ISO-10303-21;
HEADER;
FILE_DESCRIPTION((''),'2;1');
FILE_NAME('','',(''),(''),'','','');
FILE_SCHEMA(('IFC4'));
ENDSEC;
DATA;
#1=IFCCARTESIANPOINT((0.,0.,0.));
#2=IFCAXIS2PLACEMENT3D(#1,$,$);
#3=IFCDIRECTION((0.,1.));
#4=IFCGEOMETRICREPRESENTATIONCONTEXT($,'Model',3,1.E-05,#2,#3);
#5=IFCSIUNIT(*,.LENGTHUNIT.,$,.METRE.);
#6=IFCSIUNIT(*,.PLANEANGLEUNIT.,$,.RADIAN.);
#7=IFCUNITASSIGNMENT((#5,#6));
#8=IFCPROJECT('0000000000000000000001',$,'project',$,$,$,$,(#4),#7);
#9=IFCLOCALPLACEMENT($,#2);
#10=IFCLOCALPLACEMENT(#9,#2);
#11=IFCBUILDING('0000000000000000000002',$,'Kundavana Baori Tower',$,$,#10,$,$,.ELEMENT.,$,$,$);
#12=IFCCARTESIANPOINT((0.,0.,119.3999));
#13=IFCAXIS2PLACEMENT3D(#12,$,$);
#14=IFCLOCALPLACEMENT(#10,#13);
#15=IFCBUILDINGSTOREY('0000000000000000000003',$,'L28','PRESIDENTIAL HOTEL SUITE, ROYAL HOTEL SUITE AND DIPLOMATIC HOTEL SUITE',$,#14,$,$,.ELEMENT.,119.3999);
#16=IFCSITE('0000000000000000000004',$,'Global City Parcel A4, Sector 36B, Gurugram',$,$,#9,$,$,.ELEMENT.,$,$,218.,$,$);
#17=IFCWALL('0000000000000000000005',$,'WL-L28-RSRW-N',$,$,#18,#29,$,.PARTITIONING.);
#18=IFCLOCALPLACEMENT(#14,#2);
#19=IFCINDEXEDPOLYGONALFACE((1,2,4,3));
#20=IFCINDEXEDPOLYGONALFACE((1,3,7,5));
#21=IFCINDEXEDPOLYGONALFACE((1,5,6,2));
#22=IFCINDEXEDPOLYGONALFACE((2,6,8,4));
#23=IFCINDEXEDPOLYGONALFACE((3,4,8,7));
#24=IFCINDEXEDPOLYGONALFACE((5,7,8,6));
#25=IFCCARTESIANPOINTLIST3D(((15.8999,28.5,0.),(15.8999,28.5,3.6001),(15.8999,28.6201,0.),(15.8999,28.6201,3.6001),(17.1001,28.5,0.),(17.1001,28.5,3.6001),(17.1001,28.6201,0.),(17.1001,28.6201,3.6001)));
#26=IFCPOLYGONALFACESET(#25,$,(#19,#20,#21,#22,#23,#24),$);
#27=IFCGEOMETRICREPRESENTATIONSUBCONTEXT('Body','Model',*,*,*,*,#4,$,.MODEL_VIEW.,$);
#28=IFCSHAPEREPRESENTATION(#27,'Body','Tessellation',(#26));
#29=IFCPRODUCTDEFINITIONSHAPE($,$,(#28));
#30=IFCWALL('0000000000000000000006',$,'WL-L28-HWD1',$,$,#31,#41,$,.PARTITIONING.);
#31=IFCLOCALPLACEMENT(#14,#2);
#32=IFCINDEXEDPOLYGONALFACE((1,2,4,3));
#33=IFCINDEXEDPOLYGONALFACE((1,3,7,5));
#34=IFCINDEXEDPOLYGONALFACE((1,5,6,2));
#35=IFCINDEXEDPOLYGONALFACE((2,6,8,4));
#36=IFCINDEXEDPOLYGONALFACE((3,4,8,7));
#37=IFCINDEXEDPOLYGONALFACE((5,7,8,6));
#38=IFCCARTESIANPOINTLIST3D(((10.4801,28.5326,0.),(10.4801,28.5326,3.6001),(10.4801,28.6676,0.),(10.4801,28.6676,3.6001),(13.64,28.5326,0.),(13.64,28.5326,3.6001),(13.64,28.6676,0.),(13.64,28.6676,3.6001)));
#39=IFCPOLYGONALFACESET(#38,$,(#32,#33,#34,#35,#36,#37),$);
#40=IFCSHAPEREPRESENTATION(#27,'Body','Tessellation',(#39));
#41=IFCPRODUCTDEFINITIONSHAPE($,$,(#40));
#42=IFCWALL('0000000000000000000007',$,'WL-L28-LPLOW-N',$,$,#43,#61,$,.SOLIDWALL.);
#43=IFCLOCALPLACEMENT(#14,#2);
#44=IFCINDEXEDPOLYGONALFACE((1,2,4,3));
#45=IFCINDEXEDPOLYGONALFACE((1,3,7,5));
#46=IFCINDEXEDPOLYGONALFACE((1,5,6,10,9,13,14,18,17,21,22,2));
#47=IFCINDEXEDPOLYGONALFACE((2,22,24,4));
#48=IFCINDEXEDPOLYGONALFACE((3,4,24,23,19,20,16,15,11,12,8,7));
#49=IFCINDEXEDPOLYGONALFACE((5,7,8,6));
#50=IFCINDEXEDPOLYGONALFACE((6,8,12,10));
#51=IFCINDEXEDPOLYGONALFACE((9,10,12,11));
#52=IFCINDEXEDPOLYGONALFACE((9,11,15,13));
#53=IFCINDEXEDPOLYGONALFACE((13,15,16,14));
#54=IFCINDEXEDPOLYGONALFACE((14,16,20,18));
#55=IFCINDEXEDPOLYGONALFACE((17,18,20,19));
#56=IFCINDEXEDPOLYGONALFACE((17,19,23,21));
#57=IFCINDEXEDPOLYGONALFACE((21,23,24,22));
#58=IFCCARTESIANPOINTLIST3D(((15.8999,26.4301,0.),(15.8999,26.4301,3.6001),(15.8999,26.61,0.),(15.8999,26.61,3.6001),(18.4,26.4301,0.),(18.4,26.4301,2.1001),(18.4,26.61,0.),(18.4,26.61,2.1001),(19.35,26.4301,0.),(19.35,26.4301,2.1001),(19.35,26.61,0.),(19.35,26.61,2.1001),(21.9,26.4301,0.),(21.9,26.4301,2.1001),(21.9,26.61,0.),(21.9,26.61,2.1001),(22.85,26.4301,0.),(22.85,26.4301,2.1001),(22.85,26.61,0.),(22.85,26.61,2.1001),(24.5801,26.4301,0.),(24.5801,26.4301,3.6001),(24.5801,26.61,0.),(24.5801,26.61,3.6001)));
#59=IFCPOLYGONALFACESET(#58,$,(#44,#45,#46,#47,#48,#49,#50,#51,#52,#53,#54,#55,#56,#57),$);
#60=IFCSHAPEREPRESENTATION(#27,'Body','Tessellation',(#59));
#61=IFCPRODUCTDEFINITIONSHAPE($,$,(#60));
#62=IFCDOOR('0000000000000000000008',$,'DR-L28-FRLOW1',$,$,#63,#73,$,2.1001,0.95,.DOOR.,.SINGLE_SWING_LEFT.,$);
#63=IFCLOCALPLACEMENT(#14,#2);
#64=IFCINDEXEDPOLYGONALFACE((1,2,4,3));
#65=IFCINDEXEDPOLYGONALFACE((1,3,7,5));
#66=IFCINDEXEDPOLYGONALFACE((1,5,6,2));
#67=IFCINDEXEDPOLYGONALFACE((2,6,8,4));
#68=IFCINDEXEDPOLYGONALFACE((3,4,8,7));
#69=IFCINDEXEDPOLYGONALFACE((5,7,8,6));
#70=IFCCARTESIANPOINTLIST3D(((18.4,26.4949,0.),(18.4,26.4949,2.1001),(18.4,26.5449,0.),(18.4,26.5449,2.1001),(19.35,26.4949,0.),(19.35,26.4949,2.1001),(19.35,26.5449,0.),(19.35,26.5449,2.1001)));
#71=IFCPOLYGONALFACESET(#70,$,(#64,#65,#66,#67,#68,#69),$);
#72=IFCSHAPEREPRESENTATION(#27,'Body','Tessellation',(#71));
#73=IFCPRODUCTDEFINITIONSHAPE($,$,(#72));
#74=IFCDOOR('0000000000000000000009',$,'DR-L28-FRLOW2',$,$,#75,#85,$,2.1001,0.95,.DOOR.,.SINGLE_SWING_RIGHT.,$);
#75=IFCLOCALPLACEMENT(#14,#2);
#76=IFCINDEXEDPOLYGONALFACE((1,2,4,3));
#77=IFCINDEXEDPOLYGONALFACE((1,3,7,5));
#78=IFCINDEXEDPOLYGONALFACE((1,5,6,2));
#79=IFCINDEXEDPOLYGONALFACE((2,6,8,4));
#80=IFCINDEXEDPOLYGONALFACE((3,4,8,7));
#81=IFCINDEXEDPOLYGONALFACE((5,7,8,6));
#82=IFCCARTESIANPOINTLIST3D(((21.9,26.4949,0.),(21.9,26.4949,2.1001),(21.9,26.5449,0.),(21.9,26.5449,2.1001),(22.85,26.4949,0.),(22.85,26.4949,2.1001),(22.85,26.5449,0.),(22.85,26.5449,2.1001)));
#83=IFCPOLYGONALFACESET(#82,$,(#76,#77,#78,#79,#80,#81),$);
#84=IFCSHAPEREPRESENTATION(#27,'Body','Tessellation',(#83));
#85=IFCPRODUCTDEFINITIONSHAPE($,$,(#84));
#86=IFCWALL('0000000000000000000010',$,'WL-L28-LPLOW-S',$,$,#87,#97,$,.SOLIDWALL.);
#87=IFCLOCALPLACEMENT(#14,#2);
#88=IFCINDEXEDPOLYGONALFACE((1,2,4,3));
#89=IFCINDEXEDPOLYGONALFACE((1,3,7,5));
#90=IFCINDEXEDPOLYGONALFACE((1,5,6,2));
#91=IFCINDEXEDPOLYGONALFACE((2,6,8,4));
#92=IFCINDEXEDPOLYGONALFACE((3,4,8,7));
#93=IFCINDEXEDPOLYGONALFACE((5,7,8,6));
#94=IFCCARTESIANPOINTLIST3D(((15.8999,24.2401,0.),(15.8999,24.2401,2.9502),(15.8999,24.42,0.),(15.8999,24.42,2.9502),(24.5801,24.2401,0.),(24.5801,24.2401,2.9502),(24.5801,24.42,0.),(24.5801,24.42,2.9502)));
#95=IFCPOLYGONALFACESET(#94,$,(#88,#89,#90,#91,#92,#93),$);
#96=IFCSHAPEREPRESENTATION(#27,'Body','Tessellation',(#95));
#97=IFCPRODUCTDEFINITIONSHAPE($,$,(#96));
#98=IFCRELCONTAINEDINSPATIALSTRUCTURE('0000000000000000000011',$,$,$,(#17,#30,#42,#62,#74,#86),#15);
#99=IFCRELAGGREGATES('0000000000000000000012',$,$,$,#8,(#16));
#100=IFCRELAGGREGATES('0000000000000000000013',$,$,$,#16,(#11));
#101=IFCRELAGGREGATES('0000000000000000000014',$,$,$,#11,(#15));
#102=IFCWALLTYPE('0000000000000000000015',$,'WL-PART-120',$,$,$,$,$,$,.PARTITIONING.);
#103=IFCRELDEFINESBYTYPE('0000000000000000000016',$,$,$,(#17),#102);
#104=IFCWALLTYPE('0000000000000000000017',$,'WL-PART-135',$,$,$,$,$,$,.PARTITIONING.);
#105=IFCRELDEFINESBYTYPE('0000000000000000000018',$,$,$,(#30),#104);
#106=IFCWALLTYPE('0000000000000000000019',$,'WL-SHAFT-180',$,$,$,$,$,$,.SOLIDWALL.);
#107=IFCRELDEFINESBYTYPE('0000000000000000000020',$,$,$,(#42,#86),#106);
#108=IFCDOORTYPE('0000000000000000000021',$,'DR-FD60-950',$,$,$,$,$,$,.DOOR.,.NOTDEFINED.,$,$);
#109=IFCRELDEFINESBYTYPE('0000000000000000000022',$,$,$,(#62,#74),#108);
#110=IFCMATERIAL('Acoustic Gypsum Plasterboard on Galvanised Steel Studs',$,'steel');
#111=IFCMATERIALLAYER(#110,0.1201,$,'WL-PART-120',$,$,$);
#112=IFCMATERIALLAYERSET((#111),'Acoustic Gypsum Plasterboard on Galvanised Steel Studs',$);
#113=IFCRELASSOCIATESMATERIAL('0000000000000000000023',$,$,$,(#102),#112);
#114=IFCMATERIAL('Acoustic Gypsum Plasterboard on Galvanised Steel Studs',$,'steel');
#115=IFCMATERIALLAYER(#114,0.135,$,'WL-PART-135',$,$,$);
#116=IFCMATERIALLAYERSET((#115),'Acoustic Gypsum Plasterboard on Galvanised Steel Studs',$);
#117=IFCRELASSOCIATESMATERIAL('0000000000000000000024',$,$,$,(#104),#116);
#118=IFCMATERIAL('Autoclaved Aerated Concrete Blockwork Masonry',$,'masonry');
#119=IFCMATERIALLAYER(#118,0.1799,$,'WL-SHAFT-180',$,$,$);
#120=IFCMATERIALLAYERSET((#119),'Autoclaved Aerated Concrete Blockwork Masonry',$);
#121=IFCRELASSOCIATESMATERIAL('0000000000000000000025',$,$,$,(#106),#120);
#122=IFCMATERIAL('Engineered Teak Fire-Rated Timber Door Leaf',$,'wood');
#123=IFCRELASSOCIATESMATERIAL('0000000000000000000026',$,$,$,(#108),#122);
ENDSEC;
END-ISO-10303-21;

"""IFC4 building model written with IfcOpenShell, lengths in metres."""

from ifc_helpers import new_model, si_unit, direction, frame, frame_2d, origin, place, context, subcontext, project, spatial, rectangle, extrude, material, layer, layer_set, type_object, element, fill, save


model = new_model("IFC4")

# Units and contexts
model_context = context("Model", 3, precision=1e-05, world=origin(), true_north=direction((0.0, 1.0)))
body_context = subcontext(model_context, "Body", "Model", "MODEL_VIEW")
ifc_project = project(units=[si_unit("LENGTHUNIT", "METRE"), si_unit("PLANEANGLEUNIT", "RADIAN")], contexts=[model_context])

# Site, building, storey
site_placement = place(None, origin())
site = spatial("IfcSite", under=ifc_project, at=site_placement, Name="Global City Parcel A4, Sector 36B, Gurugram", CompositionType="ELEMENT", RefElevation=218.0)
building_placement = place(site_placement, origin())
building = spatial("IfcBuilding", under=site, at=building_placement, Name="Kundavana Baori Tower", CompositionType="ELEMENT")
storey_placement = place(building_placement, frame((0.0, 0.0, 119.3999)))
storey = spatial("IfcBuildingStorey", under=building, at=storey_placement, Name="L28", Description="PRESIDENTIAL HOTEL SUITE, ROYAL HOTEL SUITE AND DIPLOMATIC HOTEL SUITE", CompositionType="ELEMENT", Elevation=119.3999)

# Walls
ifc_material_1 = material(Name="Acoustic Gypsum Plasterboard on Galvanised Steel Studs", Category="steel")
ifc_layer_1 = layer(ifc_material_1, 0.1201, Name="WL-PART-120")
ifc_layer_set_1 = layer_set([ifc_layer_1], Name="Acoustic Gypsum Plasterboard on Galvanised Steel Studs")
wall_type_1 = type_object("IfcWallType", Name="WL-PART-120", PredefinedType="PARTITIONING", material=ifc_layer_set_1)
wall_1_placement = place(storey_placement, frame((15.8999, 28.5601, 0.0), z_axis=(0.0, 0.0, 1.0), x_axis=(1.0, 0.0, 0.0)))
element("IfcWall", 1, at=wall_1_placement, inside=storey, type_object=wall_type_1, Name="WL-L28-RSRW-N", PredefinedType="PARTITIONING", context=body_context, shape_type="SweptSolid", body=[
    extrude(rectangle(XDim=1.2002, YDim=0.1201, at=frame_2d((0.6001, 0.0))), origin(), (0.0, 0.0, 1.0), 3.6001),
])
ifc_material_2 = material(Name="Acoustic Gypsum Plasterboard on Galvanised Steel Studs", Category="steel")
ifc_layer_2 = layer(ifc_material_2, 0.135, Name="WL-PART-135")
ifc_layer_set_2 = layer_set([ifc_layer_2], Name="Acoustic Gypsum Plasterboard on Galvanised Steel Studs")
wall_type_2 = type_object("IfcWallType", Name="WL-PART-135", PredefinedType="PARTITIONING", material=ifc_layer_set_2)
wall_2_placement = place(storey_placement, frame((10.48, 28.6001, 0.0), z_axis=(0.0, 0.0, 1.0), x_axis=(1.0, 0.0, 0.0)))
element("IfcWall", 2, at=wall_2_placement, inside=storey, type_object=wall_type_2, Name="WL-L28-HWD1", PredefinedType="PARTITIONING", context=body_context, shape_type="SweptSolid", body=[
    extrude(rectangle(XDim=3.1599, YDim=0.135, at=frame_2d((1.5801, 0.0))), origin(), (0.0, 0.0, 1.0), 3.6001),
])

# Wall, openings, doors
ifc_material_3 = material(Name="Autoclaved Aerated Concrete Blockwork Masonry", Category="masonry")
ifc_layer_3 = layer(ifc_material_3, 0.1799, Name="WL-SHAFT-180")
ifc_layer_set_3 = layer_set([ifc_layer_3], Name="Autoclaved Aerated Concrete Blockwork Masonry")
wall_type_3 = type_object("IfcWallType", Name="WL-SHAFT-180", PredefinedType="SOLIDWALL", material=ifc_layer_set_3)
wall_3_placement = place(storey_placement, frame((15.8999, 26.52, 0.0), z_axis=(0.0, 0.0, 1.0), x_axis=(1.0, 0.0, 0.0)))
wall_3 = element("IfcWall", 3, at=wall_3_placement, inside=storey, type_object=wall_type_3, Name="WL-L28-LPLOW-N", PredefinedType="SOLIDWALL", context=body_context, shape_type="SweptSolid", body=[
    extrude(rectangle(XDim=8.6802, YDim=0.1799, at=frame_2d((4.3401, 0.0))), origin(), (0.0, 0.0, 1.0), 3.6001),
])
opening_1_placement = place(wall_3_placement, frame((2.5, 0.0, 0.0)))
opening_1 = element("IfcOpeningElement", 4, at=opening_1_placement, cuts=wall_3, PredefinedType="OPENING", context=body_context, shape_type="SweptSolid", body=[
    extrude(rectangle(XDim=0.95, YDim=2.1001, at=frame_2d((0.4751, 1.05))), frame((0.0, 0.1001, 0.0), z_axis=(0.0, -1.0, 0.0), x_axis=(1.0, 0.0, 0.0)), (0.0, 0.0, 1.0), 0.2),
])
opening_2_placement = place(wall_3_placement, frame((6.0, 0.0, 0.0)))
opening_2 = element("IfcOpeningElement", 5, at=opening_2_placement, cuts=wall_3, PredefinedType="OPENING", context=body_context, shape_type="SweptSolid", body=[
    extrude(rectangle(XDim=0.95, YDim=2.1001, at=frame_2d((0.4751, 1.05))), frame((0.0, 0.1001, 0.0), z_axis=(0.0, -1.0, 0.0), x_axis=(1.0, 0.0, 0.0)), (0.0, 0.0, 1.0), 0.2),
])
ifc_material_4 = material(Name="Engineered Teak Fire-Rated Timber Door Leaf", Category="wood")
door_type_1 = type_object("IfcDoorType", Name="DR-FD60-950", OperationType="NOTDEFINED", PredefinedType="DOOR", material=ifc_material_4)
door_1_placement = place(opening_1_placement, origin())
door_1 = element("IfcDoor", 6, at=door_1_placement, inside=storey, type_object=door_type_1, Name="DR-L28-FRLOW1", OperationType="SINGLE_SWING_LEFT", OverallHeight=2.1001, OverallWidth=0.95, PredefinedType="DOOR", context=body_context, shape_type="SweptSolid", body=[
    extrude(rectangle(XDim=0.95, YDim=2.1001, at=frame_2d((0.4751, 1.05))), frame((0.0, 0.0249, 0.0), z_axis=(0.0, -1.0, 0.0), x_axis=(1.0, 0.0, 0.0)), (0.0, 0.0, 1.0), 0.05),
])
fill(opening_1, door_1)
door_2_placement = place(opening_2_placement, origin())
door_2 = element("IfcDoor", 7, at=door_2_placement, inside=storey, type_object=door_type_1, Name="DR-L28-FRLOW2", OperationType="SINGLE_SWING_RIGHT", OverallHeight=2.1001, OverallWidth=0.95, PredefinedType="DOOR", context=body_context, shape_type="SweptSolid", body=[
    extrude(rectangle(XDim=0.95, YDim=2.1001, at=frame_2d((0.4751, 1.05))), frame((0.0, 0.0249, 0.0), z_axis=(0.0, -1.0, 0.0), x_axis=(1.0, 0.0, 0.0)), (0.0, 0.0, 1.0), 0.05),
])
fill(opening_2, door_2)

# Wall
wall_4_placement = place(storey_placement, frame((15.8999, 24.3301, 0.0), z_axis=(0.0, 0.0, 1.0), x_axis=(1.0, 0.0, 0.0)))
element("IfcWall", 8, at=wall_4_placement, inside=storey, type_object=wall_type_3, Name="WL-L28-LPLOW-S", PredefinedType="SOLIDWALL", context=body_context, shape_type="SweptSolid", body=[
    extrude(rectangle(XDim=8.6802, YDim=0.1799, at=frame_2d((4.3401, 0.0))), origin(), (0.0, 0.0, 1.0), 2.9502),
])

save(model, "model.ifc")
